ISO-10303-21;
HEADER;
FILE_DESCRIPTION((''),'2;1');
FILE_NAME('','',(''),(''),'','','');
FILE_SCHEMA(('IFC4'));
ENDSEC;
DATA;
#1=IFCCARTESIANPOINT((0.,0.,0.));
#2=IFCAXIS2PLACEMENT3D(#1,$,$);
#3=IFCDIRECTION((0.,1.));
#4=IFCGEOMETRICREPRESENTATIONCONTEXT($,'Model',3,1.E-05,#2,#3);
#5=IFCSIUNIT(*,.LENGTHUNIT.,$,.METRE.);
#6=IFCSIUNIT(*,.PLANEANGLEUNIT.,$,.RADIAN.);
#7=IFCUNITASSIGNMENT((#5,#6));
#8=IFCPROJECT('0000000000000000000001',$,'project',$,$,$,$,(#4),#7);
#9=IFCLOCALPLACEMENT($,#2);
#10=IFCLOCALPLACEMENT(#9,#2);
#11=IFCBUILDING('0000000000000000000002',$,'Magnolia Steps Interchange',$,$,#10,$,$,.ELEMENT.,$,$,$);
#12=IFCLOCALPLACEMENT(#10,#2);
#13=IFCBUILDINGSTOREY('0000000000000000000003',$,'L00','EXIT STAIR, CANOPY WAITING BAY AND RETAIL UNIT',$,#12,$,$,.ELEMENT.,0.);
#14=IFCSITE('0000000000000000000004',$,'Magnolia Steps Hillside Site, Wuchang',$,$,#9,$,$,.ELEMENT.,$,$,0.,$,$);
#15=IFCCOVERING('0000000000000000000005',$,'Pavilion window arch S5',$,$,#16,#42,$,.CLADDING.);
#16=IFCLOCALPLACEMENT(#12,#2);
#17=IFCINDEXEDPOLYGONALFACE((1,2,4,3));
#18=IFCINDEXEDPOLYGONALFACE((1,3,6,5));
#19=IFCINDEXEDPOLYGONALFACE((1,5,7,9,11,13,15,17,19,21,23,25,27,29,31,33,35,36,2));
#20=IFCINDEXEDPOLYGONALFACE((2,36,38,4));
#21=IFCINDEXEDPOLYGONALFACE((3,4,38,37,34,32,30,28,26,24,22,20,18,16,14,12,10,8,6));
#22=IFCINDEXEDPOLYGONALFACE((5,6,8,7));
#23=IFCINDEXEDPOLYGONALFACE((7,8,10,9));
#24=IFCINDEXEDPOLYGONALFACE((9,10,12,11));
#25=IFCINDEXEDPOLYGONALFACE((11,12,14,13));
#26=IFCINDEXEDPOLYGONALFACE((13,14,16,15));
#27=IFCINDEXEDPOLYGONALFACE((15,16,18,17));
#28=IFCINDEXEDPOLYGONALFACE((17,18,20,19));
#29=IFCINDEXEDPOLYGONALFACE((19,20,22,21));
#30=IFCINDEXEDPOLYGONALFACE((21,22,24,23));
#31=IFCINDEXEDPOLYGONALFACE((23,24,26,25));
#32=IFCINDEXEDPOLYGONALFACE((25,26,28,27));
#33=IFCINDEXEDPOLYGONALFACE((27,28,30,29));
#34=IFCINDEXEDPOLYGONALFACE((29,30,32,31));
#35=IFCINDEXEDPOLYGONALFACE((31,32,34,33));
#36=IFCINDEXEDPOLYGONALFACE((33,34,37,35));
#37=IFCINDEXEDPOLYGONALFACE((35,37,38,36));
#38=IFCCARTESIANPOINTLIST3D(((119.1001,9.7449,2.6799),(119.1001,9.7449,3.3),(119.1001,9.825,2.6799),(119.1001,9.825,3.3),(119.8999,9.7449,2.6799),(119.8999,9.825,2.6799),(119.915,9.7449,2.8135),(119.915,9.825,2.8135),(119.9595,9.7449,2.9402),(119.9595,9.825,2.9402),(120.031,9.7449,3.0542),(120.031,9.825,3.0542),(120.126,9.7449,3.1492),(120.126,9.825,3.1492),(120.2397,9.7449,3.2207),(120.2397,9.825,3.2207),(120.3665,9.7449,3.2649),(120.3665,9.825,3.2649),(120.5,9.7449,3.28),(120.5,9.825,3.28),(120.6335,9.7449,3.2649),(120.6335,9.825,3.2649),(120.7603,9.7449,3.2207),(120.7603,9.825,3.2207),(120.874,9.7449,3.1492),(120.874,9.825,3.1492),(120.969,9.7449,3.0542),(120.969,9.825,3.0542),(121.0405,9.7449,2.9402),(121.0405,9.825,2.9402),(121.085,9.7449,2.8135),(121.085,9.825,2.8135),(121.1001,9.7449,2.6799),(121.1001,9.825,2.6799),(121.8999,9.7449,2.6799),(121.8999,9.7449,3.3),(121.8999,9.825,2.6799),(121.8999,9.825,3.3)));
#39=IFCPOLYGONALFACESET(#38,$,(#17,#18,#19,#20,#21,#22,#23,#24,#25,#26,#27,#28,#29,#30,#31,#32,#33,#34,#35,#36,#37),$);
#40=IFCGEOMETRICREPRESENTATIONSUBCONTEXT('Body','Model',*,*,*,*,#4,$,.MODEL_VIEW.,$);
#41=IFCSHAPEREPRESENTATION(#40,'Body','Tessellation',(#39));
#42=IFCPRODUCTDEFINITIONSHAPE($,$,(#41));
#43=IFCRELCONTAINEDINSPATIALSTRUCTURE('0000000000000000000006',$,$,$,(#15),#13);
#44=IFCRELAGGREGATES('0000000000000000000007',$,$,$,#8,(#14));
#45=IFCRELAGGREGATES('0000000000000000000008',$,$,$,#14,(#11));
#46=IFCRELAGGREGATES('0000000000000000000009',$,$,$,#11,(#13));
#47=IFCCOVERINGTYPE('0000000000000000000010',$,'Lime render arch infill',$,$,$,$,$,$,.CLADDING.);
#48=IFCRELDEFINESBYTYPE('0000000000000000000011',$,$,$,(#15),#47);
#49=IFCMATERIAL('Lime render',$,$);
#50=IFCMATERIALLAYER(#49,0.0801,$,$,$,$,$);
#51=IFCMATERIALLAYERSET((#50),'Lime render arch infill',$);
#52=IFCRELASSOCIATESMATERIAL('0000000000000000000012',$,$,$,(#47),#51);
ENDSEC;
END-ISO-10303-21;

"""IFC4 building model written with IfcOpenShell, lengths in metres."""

from ifc_helpers import new_model, si_unit, direction, frame, origin, place, context, subcontext, project, spatial, polyline, outline, extrude, material, layer, layer_set, type_object, element, save


model = new_model("IFC4")

# Units and contexts
model_context = context("Model", 3, precision=1e-05, world=origin(), true_north=direction((0.0, 1.0)))
body_context = subcontext(model_context, "Body", "Model", "MODEL_VIEW")
ifc_project = project(units=[si_unit("LENGTHUNIT", "METRE"), si_unit("PLANEANGLEUNIT", "RADIAN")], contexts=[model_context])

# Site, building, storey
site_placement = place(None, origin())
site = spatial("IfcSite", under=ifc_project, at=site_placement, Name="Magnolia Steps Hillside Site, Wuchang", CompositionType="ELEMENT", RefElevation=0.0)
building_placement = place(site_placement, origin())
building = spatial("IfcBuilding", under=site, at=building_placement, Name="Magnolia Steps Interchange", CompositionType="ELEMENT")
storey_placement = place(building_placement, origin())
storey = spatial("IfcBuildingStorey", under=building, at=storey_placement, Name="L00", Description="EXIT STAIR, CANOPY WAITING BAY AND RETAIL UNIT", CompositionType="ELEMENT", Elevation=0.0)

# Covering
ifc_material_1 = material(Name="Lime render")
ifc_layer_1 = layer(ifc_material_1, 0.0801)
ifc_layer_set_1 = layer_set([ifc_layer_1], Name="Lime render arch infill")
covering_type = type_object("IfcCoveringType", Name="Lime render arch infill", PredefinedType="CLADDING", material=ifc_layer_set_1)
covering_placement = place(storey_placement, frame((119.1001, 9.825, 2.6799), z_axis=(0.0, 1.0, 0.0), x_axis=(0.0, 0.0, 1.0)))
element("IfcCovering", 1, at=covering_placement, inside=storey, type_object=covering_type, Name="Pavilion window arch S5", PredefinedType="CLADDING", context=body_context, shape_type="SweptSolid", body=[
    extrude(outline(polyline([(0.0, 0.0), (0.6201, 0.0), (0.6201, 2.7998), (0.0, 2.7998), (0.0, 2.0), (0.1335, 1.9849), (0.2603, 1.9404), (0.3743, 1.8689), (0.4692, 1.7739), (0.5408, 1.6602), (0.585, 1.5334), (0.6001, 1.3999), (0.585, 1.2664), (0.5408, 1.1396), (0.4692, 1.0259), (0.3743, 0.9309), (0.2603, 0.8594), (0.1335, 0.8149), (0.0, 0.7998), (0.0, 0.0)])), origin(), (0.0, 0.0, -1.0), 0.0801),
])

save(model, "model.ifc")
